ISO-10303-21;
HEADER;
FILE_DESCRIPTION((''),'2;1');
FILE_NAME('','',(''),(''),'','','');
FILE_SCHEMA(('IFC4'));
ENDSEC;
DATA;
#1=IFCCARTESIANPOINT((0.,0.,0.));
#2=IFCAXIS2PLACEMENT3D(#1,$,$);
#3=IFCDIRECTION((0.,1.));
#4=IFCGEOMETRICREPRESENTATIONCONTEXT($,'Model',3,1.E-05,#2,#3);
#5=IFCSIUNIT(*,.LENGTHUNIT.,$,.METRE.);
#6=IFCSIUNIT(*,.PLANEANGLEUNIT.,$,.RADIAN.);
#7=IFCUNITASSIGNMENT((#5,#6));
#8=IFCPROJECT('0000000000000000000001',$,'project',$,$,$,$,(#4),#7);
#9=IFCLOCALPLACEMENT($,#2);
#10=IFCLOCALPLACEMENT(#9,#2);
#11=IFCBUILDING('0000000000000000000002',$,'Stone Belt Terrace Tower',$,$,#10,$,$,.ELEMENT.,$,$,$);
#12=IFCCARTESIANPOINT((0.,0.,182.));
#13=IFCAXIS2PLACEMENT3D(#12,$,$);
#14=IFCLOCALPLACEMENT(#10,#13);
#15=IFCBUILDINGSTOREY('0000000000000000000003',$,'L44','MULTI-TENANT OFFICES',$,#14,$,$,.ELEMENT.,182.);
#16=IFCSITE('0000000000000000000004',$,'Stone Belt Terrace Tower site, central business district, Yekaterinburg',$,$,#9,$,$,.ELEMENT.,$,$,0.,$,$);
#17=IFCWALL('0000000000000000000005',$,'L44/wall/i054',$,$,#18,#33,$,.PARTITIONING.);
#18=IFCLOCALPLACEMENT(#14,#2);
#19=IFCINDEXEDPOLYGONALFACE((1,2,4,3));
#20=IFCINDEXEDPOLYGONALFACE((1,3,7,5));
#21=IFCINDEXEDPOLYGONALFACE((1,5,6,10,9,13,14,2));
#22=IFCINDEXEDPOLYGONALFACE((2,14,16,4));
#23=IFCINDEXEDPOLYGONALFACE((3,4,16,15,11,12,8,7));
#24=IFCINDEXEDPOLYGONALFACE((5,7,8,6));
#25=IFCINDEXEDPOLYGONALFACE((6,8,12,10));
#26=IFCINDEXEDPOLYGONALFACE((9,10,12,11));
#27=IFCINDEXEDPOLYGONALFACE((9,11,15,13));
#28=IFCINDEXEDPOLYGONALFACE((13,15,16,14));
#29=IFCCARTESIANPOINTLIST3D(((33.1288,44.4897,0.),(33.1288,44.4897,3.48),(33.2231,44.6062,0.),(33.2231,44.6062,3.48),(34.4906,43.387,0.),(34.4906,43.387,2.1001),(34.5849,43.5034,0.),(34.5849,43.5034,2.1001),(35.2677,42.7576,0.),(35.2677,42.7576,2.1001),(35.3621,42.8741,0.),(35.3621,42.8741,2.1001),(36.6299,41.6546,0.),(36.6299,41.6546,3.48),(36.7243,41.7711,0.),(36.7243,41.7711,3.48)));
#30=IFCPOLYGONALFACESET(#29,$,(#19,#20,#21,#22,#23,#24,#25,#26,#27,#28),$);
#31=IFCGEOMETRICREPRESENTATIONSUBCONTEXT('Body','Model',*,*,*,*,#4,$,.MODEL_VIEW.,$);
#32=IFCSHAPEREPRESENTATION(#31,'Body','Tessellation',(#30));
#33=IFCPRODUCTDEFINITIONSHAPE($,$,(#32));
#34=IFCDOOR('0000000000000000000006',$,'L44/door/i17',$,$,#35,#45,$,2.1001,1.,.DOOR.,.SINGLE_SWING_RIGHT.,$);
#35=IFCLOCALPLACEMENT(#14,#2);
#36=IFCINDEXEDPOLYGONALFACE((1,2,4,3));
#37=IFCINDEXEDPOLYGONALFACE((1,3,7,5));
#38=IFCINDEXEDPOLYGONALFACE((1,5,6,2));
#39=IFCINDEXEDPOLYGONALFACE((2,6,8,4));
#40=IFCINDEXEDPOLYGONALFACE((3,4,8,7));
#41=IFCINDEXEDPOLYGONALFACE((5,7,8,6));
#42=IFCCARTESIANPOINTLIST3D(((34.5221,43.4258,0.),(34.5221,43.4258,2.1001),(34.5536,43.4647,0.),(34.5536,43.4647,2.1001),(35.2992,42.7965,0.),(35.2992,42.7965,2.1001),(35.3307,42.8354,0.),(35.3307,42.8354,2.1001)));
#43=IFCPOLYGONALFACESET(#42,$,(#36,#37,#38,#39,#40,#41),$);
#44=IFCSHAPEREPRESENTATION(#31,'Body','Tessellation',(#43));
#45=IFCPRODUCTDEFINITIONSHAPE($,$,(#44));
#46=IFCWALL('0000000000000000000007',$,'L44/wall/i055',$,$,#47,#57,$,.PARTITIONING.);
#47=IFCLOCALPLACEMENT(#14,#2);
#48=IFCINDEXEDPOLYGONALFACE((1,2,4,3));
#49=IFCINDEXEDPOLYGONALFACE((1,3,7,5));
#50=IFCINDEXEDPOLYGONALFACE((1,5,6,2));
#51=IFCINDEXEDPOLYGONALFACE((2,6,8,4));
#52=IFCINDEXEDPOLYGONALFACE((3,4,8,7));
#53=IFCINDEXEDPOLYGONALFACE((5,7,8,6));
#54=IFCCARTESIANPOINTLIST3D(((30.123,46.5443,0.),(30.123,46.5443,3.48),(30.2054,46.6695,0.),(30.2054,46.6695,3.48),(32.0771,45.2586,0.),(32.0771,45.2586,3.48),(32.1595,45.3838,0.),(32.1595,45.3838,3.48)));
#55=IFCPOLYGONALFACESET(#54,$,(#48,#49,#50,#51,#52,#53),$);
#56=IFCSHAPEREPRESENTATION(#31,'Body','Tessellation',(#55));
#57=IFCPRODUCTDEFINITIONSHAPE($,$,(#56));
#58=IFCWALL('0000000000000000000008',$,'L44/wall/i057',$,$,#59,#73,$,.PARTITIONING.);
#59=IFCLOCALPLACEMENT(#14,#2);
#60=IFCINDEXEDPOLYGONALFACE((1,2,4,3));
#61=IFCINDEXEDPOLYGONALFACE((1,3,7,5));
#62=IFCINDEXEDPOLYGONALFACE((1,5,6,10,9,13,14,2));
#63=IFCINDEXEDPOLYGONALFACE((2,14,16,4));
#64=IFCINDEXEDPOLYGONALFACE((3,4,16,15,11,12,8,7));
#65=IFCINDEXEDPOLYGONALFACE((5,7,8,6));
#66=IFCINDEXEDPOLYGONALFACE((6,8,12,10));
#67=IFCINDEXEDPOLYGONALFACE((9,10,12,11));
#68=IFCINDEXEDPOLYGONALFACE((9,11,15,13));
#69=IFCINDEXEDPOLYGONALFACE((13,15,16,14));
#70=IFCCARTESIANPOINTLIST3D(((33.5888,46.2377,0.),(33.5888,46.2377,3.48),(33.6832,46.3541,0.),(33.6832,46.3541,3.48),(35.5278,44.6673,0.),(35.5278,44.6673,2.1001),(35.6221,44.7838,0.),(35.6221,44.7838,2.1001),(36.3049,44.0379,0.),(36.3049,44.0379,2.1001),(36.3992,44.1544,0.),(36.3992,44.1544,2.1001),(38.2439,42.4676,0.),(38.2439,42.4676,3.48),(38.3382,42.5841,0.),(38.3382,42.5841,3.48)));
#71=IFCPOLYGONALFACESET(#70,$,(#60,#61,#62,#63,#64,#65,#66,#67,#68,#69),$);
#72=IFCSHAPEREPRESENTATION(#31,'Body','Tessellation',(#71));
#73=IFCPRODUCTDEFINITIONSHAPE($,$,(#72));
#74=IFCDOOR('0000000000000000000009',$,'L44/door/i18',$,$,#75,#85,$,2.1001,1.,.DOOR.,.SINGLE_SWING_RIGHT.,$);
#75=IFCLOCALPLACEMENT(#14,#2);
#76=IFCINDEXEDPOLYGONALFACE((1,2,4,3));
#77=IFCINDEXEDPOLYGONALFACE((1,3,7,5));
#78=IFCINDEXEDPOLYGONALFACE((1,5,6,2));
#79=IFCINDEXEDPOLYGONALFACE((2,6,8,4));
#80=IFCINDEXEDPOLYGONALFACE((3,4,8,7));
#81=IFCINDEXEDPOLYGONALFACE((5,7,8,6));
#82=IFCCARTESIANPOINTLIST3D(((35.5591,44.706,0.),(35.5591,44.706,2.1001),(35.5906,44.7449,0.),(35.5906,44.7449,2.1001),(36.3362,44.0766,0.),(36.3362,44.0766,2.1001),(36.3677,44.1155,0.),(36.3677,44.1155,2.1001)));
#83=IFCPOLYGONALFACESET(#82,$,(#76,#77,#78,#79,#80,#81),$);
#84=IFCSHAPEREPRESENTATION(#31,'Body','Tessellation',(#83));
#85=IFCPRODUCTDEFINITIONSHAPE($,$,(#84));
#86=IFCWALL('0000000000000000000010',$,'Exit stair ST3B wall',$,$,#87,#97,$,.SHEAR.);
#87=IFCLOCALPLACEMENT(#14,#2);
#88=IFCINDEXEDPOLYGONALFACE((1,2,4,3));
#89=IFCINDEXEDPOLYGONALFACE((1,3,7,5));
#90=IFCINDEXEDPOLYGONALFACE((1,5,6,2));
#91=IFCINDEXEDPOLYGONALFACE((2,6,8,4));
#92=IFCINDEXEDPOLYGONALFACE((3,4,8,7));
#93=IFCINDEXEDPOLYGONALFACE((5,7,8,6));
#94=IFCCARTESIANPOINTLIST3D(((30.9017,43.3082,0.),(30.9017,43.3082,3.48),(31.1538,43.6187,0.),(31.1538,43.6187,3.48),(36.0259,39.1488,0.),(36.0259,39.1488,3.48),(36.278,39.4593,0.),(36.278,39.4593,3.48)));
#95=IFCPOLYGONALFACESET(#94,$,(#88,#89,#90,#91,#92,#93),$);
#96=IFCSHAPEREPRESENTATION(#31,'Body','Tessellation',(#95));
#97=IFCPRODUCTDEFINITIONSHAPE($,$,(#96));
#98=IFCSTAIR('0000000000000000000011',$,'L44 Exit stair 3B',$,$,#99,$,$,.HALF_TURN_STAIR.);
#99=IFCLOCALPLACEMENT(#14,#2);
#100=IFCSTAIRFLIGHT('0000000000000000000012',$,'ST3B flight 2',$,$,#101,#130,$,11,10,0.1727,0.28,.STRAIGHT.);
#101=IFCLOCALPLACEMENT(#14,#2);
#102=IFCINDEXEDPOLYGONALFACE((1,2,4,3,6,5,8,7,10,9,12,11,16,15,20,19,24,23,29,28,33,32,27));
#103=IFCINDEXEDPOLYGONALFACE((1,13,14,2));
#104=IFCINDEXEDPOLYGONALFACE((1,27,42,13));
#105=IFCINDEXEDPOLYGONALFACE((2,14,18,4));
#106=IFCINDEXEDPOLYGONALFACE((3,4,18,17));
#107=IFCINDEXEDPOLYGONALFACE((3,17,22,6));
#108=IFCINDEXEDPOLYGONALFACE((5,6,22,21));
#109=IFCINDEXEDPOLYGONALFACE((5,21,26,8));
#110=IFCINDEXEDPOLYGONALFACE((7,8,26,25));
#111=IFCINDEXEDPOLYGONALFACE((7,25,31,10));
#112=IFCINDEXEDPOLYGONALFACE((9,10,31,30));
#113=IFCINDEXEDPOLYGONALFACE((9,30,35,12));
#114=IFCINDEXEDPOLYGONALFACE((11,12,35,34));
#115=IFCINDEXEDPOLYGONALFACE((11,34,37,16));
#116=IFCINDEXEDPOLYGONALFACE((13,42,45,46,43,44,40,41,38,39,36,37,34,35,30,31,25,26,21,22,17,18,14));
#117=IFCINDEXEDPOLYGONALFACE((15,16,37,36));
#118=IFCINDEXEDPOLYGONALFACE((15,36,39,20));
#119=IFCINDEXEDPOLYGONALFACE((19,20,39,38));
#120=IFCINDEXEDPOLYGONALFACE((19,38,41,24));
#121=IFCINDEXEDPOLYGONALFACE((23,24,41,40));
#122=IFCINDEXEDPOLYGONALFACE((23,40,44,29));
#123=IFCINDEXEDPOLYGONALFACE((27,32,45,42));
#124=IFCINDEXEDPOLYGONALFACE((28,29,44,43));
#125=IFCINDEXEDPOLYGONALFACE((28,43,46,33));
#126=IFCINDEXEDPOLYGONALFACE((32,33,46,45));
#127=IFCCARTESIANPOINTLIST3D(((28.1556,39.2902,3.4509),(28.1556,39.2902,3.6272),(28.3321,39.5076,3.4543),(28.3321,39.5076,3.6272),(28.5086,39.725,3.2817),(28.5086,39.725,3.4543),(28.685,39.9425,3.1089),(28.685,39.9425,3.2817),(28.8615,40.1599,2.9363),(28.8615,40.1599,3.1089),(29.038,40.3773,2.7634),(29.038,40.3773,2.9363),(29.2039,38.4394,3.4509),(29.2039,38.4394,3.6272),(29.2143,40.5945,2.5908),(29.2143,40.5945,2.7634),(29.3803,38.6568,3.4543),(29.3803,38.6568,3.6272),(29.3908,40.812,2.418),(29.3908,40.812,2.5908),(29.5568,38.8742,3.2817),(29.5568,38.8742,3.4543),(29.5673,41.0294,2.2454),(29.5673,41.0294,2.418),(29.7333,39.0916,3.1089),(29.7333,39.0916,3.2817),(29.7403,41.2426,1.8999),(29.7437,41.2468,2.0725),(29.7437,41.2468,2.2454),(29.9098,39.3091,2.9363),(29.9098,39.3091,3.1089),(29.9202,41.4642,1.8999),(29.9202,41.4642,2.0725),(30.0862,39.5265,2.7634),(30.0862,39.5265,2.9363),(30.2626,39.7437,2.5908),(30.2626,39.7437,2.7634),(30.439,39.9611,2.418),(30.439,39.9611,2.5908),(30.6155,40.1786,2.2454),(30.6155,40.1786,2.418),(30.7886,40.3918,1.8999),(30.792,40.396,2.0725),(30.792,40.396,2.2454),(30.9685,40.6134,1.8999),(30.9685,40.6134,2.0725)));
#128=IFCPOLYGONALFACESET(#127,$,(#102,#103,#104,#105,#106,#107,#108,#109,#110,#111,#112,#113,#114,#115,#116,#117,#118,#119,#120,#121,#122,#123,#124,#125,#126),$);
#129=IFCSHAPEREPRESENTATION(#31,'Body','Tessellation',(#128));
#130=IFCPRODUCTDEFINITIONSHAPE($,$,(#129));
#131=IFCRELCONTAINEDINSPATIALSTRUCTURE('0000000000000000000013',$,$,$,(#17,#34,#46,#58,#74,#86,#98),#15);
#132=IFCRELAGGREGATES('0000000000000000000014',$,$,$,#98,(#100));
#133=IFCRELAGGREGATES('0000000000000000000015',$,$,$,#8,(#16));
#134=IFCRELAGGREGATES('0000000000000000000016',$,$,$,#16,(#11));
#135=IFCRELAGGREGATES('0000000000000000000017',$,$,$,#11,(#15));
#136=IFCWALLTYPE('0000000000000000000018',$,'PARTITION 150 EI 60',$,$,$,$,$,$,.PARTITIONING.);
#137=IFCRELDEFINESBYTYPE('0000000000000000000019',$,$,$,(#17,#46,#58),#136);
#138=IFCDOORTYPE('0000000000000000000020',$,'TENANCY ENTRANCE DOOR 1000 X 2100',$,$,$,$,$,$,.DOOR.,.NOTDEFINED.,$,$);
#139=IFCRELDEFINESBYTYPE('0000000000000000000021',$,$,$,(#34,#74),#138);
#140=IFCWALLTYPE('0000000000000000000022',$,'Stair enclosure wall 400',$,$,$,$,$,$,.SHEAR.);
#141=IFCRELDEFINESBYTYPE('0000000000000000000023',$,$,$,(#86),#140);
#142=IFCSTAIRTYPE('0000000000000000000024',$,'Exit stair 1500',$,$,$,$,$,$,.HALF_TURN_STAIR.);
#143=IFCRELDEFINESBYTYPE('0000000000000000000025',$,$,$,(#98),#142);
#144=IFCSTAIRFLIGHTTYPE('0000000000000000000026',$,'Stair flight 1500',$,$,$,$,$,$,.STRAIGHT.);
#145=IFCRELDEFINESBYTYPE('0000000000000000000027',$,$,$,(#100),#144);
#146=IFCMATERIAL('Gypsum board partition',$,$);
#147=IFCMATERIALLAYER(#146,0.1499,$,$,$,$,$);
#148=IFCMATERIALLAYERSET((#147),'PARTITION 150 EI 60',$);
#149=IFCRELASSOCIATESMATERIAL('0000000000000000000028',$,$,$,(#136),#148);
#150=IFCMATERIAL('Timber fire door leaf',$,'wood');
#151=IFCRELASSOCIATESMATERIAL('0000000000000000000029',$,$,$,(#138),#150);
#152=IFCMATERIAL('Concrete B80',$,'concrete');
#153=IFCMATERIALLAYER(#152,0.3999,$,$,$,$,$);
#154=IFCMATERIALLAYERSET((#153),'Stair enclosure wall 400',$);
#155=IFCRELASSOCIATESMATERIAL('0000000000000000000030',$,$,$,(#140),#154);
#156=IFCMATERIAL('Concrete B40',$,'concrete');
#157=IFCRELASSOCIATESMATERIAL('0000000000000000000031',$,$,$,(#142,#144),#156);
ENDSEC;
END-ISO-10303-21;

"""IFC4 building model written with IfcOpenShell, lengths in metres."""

from ifc_helpers import new_model, si_unit, direction, frame, frame_2d, origin, place, context, subcontext, project, spatial, polyline, rectangle, outline, extrude, material, layer, layer_set, type_object, element, fill, aggregate, save


model = new_model("IFC4")

# Units and contexts
model_context = context("Model", 3, precision=1e-05, world=origin(), true_north=direction((0.0, 1.0)))
body_context = subcontext(model_context, "Body", "Model", "MODEL_VIEW")
ifc_project = project(units=[si_unit("LENGTHUNIT", "METRE"), si_unit("PLANEANGLEUNIT", "RADIAN")], contexts=[model_context])

# Site, building, storey
site_placement = place(None, origin())
site = spatial("IfcSite", under=ifc_project, at=site_placement, Name="Stone Belt Terrace Tower site, central business district, Yekaterinburg", CompositionType="ELEMENT", RefElevation=0.0)
building_placement = place(site_placement, origin())
building = spatial("IfcBuilding", under=site, at=building_placement, Name="Stone Belt Terrace Tower", CompositionType="ELEMENT")
storey_placement = place(building_placement, frame((0.0, 0.0, 182.0)))
storey = spatial("IfcBuildingStorey", under=building, at=storey_placement, Name="L44", Description="MULTI-TENANT OFFICES", CompositionType="ELEMENT", Elevation=182.0)

# Shared definitions
ifc_material_1 = material(Name="Concrete B80", Category="concrete")

# Shared definitions
ifc_material_2 = material(Name="Gypsum board partition")
ifc_layer_1 = layer(ifc_material_2, 0.1499)
ifc_layer_set_1 = layer_set([ifc_layer_1], Name="PARTITION 150 EI 60")
wall_type_1 = type_object("IfcWallType", Name="PARTITION 150 EI 60", PredefinedType="PARTITIONING", material=ifc_layer_set_1)

# Wall, opening, door
wall_1_placement = place(storey_placement, frame((36.677, 41.7129, 0.0), z_axis=(0.0, 0.0, 1.0), x_axis=(-0.777149, 0.629317, 0.0)))
wall_1 = element("IfcWall", 1, at=wall_1_placement, inside=storey, type_object=wall_type_1, Name="L44/wall/i054", PredefinedType="PARTITIONING", context=body_context, shape_type="SweptSolid", body=[
    extrude(rectangle(XDim=4.5051, YDim=0.1499, at=frame_2d((2.2524, 0.0))), origin(), (0.0, 0.0, 1.0), 3.48),
])
opening_1_placement = place(wall_1_placement, frame((1.7527, 0.0, 0.0)))
opening_1 = element("IfcOpeningElement", 2, at=opening_1_placement, cuts=wall_1, PredefinedType="OPENING", context=body_context, shape_type="SweptSolid", body=[
    extrude(rectangle(XDim=1.0, YDim=2.1001, at=frame_2d((0.5, 1.05))), frame((0.0, 0.085, 0.0), z_axis=(0.0, -1.0, 0.0), x_axis=(1.0, 0.0, 0.0)), (0.0, 0.0, 1.0), 0.1699),
])
ifc_material_3 = material(Name="Timber fire door leaf", Category="wood")
door_type = type_object("IfcDoorType", Name="TENANCY ENTRANCE DOOR 1000 X 2100", OperationType="NOTDEFINED", PredefinedType="DOOR", material=ifc_material_3)
door_1_placement = place(opening_1_placement, origin())
door_1 = element("IfcDoor", 3, at=door_1_placement, inside=storey, type_object=door_type, Name="L44/door/i17", OperationType="SINGLE_SWING_RIGHT", OverallHeight=2.1001, OverallWidth=1.0, PredefinedType="DOOR", context=body_context, shape_type="SweptSolid", body=[
    extrude(rectangle(XDim=1.0, YDim=2.1001, at=frame_2d((0.5, 1.05))), frame((0.0, 0.0249, 0.0), z_axis=(0.0, -1.0, 0.0), x_axis=(1.0, 0.0, 0.0)), (0.0, 0.0, 1.0), 0.05),
])
fill(opening_1, door_1)

# Wall
wall_2_placement = place(storey_placement, frame((32.1182, 45.3213, 0.0), z_axis=(0.0, 0.0, 1.0), x_axis=(-0.835407, 0.549632, 0.0)))
element("IfcWall", 4, at=wall_2_placement, inside=storey, type_object=wall_type_1, Name="L44/wall/i055", PredefinedType="PARTITIONING", context=body_context, shape_type="SweptSolid", body=[
    extrude(rectangle(XDim=2.3391, YDim=0.1499, at=frame_2d((1.1694, 0.0))), origin(), (0.0, 0.0, 1.0), 3.48),
])

# Wall, opening, door
wall_3_placement = place(storey_placement, frame((33.636, 46.2959, 0.0), z_axis=(0.0, 0.0, 1.0), x_axis=(0.777109, -0.629366, 0.0)))
wall_3 = element("IfcWall", 5, at=wall_3_placement, inside=storey, type_object=wall_type_1, Name="L44/wall/i057", PredefinedType="PARTITIONING", context=body_context, shape_type="SweptSolid", body=[
    extrude(rectangle(XDim=5.9902, YDim=0.1499, at=frame_2d((2.9951, 0.0))), origin(), (0.0, 0.0, 1.0), 3.48),
])
opening_2_placement = place(wall_3_placement, frame((2.4951, 0.0, 0.0)))
opening_2 = element("IfcOpeningElement", 6, at=opening_2_placement, cuts=wall_3, PredefinedType="OPENING", context=body_context, shape_type="SweptSolid", body=[
    extrude(rectangle(XDim=1.0, YDim=2.1001, at=frame_2d((0.5, 1.05))), frame((0.0, 0.085, 0.0), z_axis=(0.0, -1.0, 0.0), x_axis=(1.0, 0.0, 0.0)), (0.0, 0.0, 1.0), 0.1699),
])
door_2_placement = place(opening_2_placement, origin())
door_2 = element("IfcDoor", 7, at=door_2_placement, inside=storey, type_object=door_type, Name="L44/door/i18", OperationType="SINGLE_SWING_RIGHT", OverallHeight=2.1001, OverallWidth=1.0, PredefinedType="DOOR", context=body_context, shape_type="SweptSolid", body=[
    extrude(rectangle(XDim=1.0, YDim=2.1001, at=frame_2d((0.5, 1.05))), frame((0.0, 0.0249, 0.0), z_axis=(0.0, -1.0, 0.0), x_axis=(1.0, 0.0, 0.0)), (0.0, 0.0, 1.0), 0.05),
])
fill(opening_2, door_2)

# Wall
ifc_layer_2 = layer(ifc_material_1, 0.3999)
ifc_layer_set_2 = layer_set([ifc_layer_2], Name="Stair enclosure wall 400")
wall_type_2 = type_object("IfcWallType", Name="Stair enclosure wall 400", PredefinedType="SHEAR", material=ifc_layer_set_2)
wall_4_placement = place(storey_placement, frame((31.0278, 43.4634, 0.0), z_axis=(0.0, 0.0, 1.0), x_axis=(0.776414, -0.630224, 0.0)))
element("IfcWall", 8, at=wall_4_placement, inside=storey, type_object=wall_type_2, Name="Exit stair ST3B wall", PredefinedType="SHEAR", context=body_context, shape_type="SweptSolid", body=[
    extrude(rectangle(XDim=6.5999, YDim=0.3999, at=frame_2d((3.2998, 0.0))), origin(), (0.0, 0.0, 1.0), 3.48),
])

# Stair, stair flight
ifc_material_4 = material(Name="Concrete B40", Category="concrete")
stair_type = type_object("IfcStairType", Name="Exit stair 1500", PredefinedType="HALF_TURN_STAIR", material=ifc_material_4)
stair_placement = place(storey_placement, origin())
stair = element("IfcStair", 9, at=stair_placement, inside=storey, type_object=stair_type, Name="L44 Exit stair 3B", PredefinedType="HALF_TURN_STAIR")
stair_flight_type = type_object("IfcStairFlightType", Name="Stair flight 1500", PredefinedType="STRAIGHT", material=ifc_material_4)
stair_flight_placement = place(storey_placement, frame((30.4443, 41.0388, 1.8999), z_axis=(0.0, 0.0, 1.0), x_axis=(-0.630206, -0.776428, 0.0)))
stair_flight = element("IfcStairFlight", 10, at=stair_flight_placement, type_object=stair_flight_type, Name="ST3B flight 2", NumberOfRisers=11, NumberOfTreads=10, PredefinedType="STRAIGHT", RiserHeight=0.1727, TreadLength=0.28, context=body_context, shape_type="SweptSolid", body=[
    extrude(outline(polyline([(0.0, 0.0), (0.0, 0.1726), (0.28, 0.1726), (0.28, 0.3455), (0.5601, 0.3455), (0.5601, 0.5181), (0.8401, 0.5181), (0.8401, 0.6909), (1.1201, 0.6909), (1.1201, 0.8635), (1.3999, 0.8635), (1.3999, 1.0364), (1.6799, 1.0364), (1.6799, 1.209), (1.96, 1.209), (1.96, 1.3818), (2.24, 1.3818), (2.24, 1.5544), (2.52, 1.5544), (2.52, 1.7273), (2.8, 1.7273), (2.8, 1.8999), (2.8, 1.551), (0.2854, 0.0), (0.0, 0.0)])), frame((0.0, 0.675, 0.0), z_axis=(0.0, -1.0, 0.0), x_axis=(1.0, 0.0, 0.0)), (0.0, 0.0, 1.0), 1.3501),
])
aggregate(stair, [stair_flight])

save(model, "model.ifc")
